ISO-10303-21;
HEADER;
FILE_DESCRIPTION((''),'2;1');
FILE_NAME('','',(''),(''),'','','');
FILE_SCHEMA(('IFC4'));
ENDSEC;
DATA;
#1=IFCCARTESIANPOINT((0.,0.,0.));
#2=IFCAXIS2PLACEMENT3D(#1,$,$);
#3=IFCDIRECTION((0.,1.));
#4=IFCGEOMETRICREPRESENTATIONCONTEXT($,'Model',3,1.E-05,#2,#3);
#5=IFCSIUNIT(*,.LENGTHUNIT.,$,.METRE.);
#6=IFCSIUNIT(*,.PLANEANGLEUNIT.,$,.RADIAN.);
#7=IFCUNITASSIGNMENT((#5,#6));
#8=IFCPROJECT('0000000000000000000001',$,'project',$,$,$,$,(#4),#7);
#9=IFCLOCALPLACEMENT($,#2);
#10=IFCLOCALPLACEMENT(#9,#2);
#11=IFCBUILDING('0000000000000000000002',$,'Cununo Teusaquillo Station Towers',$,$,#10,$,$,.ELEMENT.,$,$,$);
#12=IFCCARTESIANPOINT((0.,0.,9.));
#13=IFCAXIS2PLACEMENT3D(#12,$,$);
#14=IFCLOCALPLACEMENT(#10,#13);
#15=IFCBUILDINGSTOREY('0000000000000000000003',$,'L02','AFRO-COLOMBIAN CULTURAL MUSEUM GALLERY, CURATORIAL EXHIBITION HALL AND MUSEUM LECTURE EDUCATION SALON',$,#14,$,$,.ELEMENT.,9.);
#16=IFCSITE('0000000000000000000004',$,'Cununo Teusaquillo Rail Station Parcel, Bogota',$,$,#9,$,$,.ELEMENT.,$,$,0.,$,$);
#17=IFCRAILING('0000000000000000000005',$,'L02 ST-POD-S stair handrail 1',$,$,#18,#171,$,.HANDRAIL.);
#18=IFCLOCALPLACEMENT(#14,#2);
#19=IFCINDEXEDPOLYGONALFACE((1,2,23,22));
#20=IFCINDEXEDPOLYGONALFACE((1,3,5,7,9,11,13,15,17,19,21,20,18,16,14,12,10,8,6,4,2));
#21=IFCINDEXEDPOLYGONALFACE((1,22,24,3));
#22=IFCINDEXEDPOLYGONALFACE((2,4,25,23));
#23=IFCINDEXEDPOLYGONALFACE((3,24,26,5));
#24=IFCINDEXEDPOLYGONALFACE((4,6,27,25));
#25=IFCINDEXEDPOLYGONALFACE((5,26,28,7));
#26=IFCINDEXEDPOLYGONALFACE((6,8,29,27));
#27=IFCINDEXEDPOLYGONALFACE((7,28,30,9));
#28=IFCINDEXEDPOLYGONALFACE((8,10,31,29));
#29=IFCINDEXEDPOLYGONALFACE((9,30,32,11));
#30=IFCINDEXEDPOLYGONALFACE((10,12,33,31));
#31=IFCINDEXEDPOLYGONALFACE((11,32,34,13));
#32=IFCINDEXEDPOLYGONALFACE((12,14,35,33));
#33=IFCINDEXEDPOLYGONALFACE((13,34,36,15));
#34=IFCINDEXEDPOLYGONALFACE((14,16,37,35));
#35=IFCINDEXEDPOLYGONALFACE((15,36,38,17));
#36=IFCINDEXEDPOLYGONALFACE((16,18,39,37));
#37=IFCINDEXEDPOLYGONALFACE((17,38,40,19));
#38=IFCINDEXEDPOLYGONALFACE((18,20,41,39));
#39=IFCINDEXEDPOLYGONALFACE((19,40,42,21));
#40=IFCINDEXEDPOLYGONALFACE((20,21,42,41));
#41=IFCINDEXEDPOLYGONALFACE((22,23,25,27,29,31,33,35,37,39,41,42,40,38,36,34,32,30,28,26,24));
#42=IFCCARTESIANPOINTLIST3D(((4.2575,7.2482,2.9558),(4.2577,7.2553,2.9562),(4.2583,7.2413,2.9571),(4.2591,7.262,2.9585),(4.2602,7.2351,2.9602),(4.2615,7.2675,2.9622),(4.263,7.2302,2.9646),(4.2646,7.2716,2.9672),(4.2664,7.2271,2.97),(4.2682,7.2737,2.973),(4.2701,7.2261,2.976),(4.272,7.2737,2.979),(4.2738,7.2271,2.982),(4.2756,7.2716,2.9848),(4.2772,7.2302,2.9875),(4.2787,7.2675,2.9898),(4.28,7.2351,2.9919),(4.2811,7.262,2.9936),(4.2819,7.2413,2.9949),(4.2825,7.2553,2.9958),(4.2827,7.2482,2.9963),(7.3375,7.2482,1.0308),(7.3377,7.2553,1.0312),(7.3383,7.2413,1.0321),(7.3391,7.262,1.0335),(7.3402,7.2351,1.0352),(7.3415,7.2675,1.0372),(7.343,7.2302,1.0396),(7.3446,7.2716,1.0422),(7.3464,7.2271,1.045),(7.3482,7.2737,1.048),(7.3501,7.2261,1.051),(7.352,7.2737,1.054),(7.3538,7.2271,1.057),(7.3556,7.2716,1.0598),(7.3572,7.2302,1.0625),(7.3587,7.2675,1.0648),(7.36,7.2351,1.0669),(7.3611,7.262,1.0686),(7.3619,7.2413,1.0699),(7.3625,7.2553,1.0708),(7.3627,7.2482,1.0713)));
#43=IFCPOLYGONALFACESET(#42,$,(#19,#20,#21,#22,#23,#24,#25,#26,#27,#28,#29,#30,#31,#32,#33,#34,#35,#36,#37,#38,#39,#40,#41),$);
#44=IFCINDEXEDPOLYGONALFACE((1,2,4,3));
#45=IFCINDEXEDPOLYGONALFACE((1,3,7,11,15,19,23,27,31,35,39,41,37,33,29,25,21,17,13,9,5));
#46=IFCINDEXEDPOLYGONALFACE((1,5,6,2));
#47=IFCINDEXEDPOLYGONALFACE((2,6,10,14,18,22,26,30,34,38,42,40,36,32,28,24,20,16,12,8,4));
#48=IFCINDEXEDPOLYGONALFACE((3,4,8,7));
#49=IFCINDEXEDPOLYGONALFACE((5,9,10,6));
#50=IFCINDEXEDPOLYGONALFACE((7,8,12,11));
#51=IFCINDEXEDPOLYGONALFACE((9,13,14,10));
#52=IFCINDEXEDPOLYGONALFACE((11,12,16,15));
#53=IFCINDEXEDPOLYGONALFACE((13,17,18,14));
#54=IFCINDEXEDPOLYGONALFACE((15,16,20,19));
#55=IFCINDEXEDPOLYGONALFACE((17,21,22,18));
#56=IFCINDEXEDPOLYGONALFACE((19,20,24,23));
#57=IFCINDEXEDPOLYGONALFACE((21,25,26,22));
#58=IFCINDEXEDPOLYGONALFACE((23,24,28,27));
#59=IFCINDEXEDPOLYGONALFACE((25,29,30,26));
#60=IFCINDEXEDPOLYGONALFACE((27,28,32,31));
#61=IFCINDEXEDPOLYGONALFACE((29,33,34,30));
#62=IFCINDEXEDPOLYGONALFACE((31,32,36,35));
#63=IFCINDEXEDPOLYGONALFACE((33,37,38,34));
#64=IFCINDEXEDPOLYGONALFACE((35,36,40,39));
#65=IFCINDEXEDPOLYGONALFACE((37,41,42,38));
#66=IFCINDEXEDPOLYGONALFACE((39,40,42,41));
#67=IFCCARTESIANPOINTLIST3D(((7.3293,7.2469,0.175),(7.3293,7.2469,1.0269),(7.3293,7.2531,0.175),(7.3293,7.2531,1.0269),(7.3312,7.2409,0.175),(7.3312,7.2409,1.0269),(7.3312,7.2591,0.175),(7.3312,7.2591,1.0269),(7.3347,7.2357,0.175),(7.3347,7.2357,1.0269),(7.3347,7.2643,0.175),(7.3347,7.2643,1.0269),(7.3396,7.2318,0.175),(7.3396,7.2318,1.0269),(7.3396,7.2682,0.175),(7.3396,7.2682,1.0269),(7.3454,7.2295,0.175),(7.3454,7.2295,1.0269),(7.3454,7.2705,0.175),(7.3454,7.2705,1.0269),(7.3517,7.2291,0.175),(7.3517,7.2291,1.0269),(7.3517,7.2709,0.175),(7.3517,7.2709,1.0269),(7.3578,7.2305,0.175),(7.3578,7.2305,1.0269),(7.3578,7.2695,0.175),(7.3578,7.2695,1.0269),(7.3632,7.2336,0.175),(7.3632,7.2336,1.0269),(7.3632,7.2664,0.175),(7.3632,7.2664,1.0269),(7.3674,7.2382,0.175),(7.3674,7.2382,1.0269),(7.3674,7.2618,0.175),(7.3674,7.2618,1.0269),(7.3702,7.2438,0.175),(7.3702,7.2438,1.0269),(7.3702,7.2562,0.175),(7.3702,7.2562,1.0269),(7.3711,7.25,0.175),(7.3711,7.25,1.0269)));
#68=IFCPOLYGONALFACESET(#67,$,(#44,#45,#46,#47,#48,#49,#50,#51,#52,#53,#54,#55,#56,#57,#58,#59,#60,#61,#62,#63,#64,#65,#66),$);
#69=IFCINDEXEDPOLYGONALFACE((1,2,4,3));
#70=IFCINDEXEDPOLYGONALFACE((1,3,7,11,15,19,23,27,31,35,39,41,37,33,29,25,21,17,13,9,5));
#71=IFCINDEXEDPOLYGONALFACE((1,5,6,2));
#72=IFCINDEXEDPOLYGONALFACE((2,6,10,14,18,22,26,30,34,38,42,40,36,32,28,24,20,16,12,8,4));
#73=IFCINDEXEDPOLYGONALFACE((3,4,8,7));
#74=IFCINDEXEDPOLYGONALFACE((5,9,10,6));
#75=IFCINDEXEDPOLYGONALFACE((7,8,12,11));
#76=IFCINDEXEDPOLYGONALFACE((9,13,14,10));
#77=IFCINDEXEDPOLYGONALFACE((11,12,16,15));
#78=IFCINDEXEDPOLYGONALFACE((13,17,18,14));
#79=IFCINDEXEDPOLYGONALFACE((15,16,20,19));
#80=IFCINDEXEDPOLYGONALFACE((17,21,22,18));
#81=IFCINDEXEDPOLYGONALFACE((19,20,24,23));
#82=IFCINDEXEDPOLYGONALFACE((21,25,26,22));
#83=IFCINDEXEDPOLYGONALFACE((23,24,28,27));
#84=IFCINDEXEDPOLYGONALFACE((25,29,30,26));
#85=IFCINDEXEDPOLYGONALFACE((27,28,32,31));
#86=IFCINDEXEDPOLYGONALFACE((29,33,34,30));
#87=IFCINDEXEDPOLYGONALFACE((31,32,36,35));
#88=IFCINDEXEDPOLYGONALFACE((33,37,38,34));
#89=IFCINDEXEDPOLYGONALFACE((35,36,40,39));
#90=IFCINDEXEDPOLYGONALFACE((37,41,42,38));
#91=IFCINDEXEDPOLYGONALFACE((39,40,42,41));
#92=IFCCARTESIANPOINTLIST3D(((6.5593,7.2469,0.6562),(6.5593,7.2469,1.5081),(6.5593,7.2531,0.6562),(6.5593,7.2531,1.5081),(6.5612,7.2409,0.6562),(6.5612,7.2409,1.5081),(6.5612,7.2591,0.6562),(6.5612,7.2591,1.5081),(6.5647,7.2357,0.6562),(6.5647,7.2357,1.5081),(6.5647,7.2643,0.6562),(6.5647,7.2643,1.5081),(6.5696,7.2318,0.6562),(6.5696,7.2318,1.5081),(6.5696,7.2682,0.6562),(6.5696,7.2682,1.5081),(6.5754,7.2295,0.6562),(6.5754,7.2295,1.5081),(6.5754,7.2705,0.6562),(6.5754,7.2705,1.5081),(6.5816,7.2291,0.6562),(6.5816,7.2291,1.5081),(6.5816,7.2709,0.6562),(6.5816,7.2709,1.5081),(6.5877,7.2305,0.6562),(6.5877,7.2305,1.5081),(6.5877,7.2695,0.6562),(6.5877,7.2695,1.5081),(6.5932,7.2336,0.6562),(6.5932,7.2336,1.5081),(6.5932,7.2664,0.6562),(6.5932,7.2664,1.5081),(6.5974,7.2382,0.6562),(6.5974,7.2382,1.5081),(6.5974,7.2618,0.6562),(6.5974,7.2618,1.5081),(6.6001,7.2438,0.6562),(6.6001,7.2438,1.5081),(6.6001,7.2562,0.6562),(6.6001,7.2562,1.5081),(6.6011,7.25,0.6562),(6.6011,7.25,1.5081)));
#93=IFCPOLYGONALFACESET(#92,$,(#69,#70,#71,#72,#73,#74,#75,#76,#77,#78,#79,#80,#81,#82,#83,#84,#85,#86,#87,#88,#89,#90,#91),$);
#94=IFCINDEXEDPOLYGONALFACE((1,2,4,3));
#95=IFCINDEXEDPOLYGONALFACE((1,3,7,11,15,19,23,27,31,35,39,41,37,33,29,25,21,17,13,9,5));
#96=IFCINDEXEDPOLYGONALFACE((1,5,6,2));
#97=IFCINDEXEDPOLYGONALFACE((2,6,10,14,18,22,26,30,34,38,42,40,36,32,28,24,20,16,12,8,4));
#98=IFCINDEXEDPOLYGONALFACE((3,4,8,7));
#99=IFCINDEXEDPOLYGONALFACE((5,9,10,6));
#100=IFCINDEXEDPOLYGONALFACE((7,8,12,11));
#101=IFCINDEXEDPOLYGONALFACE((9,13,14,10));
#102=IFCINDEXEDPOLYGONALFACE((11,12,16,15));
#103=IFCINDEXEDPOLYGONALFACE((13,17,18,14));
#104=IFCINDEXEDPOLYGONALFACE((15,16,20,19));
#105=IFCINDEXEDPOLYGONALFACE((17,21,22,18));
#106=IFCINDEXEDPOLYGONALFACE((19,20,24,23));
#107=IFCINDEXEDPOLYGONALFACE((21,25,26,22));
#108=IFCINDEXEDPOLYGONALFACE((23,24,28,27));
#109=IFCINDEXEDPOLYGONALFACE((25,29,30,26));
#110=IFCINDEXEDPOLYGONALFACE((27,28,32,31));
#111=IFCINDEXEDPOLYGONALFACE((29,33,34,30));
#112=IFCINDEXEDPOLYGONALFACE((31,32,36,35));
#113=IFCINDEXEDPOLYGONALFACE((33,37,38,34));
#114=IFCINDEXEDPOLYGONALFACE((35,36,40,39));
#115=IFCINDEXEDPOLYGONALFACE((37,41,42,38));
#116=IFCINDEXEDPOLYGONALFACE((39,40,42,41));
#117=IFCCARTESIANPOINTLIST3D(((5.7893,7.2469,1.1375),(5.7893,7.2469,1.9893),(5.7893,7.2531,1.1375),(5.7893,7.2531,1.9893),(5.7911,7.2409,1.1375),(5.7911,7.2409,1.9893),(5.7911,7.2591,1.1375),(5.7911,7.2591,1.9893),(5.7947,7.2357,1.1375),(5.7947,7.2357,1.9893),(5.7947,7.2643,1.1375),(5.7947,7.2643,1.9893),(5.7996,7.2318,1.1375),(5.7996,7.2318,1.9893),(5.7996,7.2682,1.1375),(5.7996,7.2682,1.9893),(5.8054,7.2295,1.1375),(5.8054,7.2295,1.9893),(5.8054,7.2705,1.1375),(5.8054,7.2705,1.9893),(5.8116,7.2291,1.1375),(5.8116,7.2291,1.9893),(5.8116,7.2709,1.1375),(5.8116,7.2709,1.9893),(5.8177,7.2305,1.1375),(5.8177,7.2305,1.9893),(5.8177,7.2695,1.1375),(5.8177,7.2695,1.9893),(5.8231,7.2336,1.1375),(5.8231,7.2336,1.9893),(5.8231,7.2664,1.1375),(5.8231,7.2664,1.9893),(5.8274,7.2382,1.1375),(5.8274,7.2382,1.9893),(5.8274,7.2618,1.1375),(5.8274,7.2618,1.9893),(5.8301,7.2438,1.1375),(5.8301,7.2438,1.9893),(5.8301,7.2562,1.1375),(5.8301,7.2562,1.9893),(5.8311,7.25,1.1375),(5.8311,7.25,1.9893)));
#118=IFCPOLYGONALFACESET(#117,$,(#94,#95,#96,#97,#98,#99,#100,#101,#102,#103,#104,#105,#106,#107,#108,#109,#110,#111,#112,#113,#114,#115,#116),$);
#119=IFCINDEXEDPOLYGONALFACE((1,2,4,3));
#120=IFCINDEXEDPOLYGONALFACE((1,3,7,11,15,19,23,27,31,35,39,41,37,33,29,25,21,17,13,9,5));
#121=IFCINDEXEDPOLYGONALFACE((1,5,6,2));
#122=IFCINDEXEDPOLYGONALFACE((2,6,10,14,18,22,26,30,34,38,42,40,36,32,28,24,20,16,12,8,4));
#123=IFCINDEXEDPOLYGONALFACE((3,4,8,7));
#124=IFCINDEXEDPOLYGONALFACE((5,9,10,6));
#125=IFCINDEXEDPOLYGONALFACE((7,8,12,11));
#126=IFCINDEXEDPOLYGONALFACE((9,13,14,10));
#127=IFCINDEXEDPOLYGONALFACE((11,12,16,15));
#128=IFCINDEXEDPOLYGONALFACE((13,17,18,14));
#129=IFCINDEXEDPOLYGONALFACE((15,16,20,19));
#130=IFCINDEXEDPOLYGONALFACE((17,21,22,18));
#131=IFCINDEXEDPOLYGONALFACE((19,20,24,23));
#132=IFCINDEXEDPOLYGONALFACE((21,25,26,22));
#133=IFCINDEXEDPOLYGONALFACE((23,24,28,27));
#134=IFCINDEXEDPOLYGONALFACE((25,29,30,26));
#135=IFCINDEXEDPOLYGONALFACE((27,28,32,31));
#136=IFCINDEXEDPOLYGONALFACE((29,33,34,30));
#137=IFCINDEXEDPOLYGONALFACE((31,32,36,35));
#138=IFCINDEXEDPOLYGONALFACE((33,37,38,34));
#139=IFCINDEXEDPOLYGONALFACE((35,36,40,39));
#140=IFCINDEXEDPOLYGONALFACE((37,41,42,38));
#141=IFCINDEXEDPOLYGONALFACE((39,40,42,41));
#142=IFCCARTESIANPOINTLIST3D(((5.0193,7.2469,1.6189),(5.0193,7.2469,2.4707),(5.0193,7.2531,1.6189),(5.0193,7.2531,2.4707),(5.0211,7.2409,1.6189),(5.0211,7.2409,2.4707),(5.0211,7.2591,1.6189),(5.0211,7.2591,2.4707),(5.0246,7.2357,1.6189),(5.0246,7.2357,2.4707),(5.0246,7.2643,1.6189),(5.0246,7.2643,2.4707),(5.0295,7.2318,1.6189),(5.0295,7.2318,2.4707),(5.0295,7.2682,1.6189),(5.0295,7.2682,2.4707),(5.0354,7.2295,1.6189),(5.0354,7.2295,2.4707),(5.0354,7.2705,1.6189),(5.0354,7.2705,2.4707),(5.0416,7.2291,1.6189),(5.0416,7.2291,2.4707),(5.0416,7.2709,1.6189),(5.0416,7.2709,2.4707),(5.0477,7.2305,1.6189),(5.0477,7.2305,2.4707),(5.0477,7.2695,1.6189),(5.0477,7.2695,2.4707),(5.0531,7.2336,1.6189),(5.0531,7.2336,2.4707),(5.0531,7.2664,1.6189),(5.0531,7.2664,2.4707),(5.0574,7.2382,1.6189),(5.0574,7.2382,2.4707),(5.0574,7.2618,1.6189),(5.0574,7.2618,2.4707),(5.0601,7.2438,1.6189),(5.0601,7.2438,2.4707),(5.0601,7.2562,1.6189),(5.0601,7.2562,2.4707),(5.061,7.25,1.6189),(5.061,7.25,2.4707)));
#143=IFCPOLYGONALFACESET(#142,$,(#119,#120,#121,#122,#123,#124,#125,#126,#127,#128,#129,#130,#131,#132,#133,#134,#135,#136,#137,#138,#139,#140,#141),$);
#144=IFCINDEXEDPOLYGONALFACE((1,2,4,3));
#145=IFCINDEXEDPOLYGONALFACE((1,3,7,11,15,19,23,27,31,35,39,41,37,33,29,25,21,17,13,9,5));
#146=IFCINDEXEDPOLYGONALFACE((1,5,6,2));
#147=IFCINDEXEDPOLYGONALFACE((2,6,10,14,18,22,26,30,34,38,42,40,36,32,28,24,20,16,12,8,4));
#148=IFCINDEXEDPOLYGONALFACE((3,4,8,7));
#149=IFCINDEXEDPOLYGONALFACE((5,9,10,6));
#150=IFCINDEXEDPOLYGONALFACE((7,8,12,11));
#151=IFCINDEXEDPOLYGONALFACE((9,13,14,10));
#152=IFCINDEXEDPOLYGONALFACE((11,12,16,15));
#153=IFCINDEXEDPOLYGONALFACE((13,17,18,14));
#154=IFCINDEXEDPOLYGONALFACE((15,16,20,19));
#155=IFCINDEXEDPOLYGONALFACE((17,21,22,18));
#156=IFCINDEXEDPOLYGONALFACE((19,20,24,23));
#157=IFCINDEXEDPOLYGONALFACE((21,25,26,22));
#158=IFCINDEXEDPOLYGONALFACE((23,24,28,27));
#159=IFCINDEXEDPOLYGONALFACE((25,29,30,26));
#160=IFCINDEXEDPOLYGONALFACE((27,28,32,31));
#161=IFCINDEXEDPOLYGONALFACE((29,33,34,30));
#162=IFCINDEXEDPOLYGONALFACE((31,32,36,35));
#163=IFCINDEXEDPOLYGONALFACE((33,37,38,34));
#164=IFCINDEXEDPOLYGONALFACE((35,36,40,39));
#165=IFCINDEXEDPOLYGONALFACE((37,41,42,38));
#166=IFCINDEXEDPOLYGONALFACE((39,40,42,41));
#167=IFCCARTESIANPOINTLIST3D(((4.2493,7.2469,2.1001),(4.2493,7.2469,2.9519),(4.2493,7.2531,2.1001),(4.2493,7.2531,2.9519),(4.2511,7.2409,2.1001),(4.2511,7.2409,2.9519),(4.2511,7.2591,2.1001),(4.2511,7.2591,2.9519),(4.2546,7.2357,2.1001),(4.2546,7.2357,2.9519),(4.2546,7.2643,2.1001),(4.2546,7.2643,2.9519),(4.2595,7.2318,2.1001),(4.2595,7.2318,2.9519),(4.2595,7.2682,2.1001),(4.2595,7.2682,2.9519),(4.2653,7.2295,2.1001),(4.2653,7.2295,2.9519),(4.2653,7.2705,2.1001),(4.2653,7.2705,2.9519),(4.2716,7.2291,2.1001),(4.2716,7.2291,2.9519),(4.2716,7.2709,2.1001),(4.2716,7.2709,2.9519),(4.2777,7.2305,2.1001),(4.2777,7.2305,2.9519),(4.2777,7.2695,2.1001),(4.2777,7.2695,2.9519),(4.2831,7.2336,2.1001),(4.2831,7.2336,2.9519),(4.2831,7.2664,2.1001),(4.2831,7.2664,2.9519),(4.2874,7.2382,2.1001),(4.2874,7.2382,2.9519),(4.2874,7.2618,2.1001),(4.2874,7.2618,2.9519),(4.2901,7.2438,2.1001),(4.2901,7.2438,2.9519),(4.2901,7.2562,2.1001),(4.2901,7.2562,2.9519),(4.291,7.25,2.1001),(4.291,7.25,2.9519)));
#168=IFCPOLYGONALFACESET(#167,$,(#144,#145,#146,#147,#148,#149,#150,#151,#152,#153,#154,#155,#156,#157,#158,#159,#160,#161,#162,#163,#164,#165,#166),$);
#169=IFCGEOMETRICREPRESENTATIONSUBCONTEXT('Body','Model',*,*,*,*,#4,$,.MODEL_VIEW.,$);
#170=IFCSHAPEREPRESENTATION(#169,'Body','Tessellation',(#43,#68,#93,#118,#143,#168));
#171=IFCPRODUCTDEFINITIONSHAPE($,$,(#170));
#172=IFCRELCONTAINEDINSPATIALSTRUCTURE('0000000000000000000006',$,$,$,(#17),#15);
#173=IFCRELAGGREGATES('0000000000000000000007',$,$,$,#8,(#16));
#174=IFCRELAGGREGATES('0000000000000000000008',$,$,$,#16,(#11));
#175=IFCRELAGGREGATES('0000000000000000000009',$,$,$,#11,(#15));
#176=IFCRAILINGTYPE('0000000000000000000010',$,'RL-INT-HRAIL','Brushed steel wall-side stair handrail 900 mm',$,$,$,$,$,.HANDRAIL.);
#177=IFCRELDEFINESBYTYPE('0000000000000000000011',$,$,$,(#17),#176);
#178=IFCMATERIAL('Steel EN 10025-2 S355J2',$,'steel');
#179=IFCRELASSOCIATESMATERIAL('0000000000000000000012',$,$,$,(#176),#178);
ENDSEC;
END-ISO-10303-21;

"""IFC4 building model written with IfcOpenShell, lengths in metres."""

from ifc_helpers import new_model, si_unit, direction, frame, origin, origin_2d, place, context, subcontext, project, spatial, circle, extrude, material, type_object, element, save


model = new_model("IFC4")

# Units and contexts
model_context = context("Model", 3, precision=1e-05, world=origin(), true_north=direction((0.0, 1.0)))
body_context = subcontext(model_context, "Body", "Model", "MODEL_VIEW")
ifc_project = project(units=[si_unit("LENGTHUNIT", "METRE"), si_unit("PLANEANGLEUNIT", "RADIAN")], contexts=[model_context])

# Site, building, storey
site_placement = place(None, origin())
site = spatial("IfcSite", under=ifc_project, at=site_placement, Name="Cununo Teusaquillo Rail Station Parcel, Bogota", CompositionType="ELEMENT", RefElevation=0.0)
building_placement = place(site_placement, origin())
building = spatial("IfcBuilding", under=site, at=building_placement, Name="Cununo Teusaquillo Station Towers", CompositionType="ELEMENT")
storey_placement = place(building_placement, frame((0.0, 0.0, 9.0)))
storey = spatial("IfcBuildingStorey", under=building, at=storey_placement, Name="L02", Description="AFRO-COLOMBIAN CULTURAL MUSEUM GALLERY, CURATORIAL EXHIBITION HALL AND MUSEUM LECTURE EDUCATION SALON", CompositionType="ELEMENT", Elevation=9.0)

# Railing
ifc_material_1 = material(Name="Steel EN 10025-2 S355J2", Category="steel")
railing_type_1 = type_object("IfcRailingType", Name="RL-INT-HRAIL", Description="Brushed steel wall-side stair handrail 900 mm", PredefinedType="HANDRAIL", material=ifc_material_1)
railing_1_placement = place(storey_placement, frame((7.3501, 7.25, 0.175)))
element("IfcRailing", 1, at=railing_1_placement, inside=storey, type_object=railing_type_1, Name="L02 ST-POD-S stair handrail 1", PredefinedType="HANDRAIL", context=body_context, shape_type="SweptSolid", body=[
    extrude(circle(Radius=0.0239, at=origin_2d()), frame((0.0, 0.0, 0.876), z_axis=(-0.847998, 0.0, 0.529999), x_axis=(0.0, -1.0, 0.0)), (0.0, 0.0, 1.0), 3.6321),
    extrude(circle(Radius=0.021, at=origin_2d()), origin(), (0.0, 0.0, 1.0), 0.8518),
    extrude(circle(Radius=0.021, at=origin_2d()), frame((-0.77, 0.0, 0.4812)), (0.0, 0.0, 1.0), 0.8518),
    extrude(circle(Radius=0.021, at=origin_2d()), frame((-1.54, 0.0, 0.9624)), (0.0, 0.0, 1.0), 0.8518),
    extrude(circle(Radius=0.021, at=origin_2d()), frame((-2.3101, 0.0, 1.4438)), (0.0, 0.0, 1.0), 0.8518),
    extrude(circle(Radius=0.021, at=origin_2d()), frame((-3.0801, 0.0, 1.925)), (0.0, 0.0, 1.0), 0.8518),
])

save(model, "model.ifc")
